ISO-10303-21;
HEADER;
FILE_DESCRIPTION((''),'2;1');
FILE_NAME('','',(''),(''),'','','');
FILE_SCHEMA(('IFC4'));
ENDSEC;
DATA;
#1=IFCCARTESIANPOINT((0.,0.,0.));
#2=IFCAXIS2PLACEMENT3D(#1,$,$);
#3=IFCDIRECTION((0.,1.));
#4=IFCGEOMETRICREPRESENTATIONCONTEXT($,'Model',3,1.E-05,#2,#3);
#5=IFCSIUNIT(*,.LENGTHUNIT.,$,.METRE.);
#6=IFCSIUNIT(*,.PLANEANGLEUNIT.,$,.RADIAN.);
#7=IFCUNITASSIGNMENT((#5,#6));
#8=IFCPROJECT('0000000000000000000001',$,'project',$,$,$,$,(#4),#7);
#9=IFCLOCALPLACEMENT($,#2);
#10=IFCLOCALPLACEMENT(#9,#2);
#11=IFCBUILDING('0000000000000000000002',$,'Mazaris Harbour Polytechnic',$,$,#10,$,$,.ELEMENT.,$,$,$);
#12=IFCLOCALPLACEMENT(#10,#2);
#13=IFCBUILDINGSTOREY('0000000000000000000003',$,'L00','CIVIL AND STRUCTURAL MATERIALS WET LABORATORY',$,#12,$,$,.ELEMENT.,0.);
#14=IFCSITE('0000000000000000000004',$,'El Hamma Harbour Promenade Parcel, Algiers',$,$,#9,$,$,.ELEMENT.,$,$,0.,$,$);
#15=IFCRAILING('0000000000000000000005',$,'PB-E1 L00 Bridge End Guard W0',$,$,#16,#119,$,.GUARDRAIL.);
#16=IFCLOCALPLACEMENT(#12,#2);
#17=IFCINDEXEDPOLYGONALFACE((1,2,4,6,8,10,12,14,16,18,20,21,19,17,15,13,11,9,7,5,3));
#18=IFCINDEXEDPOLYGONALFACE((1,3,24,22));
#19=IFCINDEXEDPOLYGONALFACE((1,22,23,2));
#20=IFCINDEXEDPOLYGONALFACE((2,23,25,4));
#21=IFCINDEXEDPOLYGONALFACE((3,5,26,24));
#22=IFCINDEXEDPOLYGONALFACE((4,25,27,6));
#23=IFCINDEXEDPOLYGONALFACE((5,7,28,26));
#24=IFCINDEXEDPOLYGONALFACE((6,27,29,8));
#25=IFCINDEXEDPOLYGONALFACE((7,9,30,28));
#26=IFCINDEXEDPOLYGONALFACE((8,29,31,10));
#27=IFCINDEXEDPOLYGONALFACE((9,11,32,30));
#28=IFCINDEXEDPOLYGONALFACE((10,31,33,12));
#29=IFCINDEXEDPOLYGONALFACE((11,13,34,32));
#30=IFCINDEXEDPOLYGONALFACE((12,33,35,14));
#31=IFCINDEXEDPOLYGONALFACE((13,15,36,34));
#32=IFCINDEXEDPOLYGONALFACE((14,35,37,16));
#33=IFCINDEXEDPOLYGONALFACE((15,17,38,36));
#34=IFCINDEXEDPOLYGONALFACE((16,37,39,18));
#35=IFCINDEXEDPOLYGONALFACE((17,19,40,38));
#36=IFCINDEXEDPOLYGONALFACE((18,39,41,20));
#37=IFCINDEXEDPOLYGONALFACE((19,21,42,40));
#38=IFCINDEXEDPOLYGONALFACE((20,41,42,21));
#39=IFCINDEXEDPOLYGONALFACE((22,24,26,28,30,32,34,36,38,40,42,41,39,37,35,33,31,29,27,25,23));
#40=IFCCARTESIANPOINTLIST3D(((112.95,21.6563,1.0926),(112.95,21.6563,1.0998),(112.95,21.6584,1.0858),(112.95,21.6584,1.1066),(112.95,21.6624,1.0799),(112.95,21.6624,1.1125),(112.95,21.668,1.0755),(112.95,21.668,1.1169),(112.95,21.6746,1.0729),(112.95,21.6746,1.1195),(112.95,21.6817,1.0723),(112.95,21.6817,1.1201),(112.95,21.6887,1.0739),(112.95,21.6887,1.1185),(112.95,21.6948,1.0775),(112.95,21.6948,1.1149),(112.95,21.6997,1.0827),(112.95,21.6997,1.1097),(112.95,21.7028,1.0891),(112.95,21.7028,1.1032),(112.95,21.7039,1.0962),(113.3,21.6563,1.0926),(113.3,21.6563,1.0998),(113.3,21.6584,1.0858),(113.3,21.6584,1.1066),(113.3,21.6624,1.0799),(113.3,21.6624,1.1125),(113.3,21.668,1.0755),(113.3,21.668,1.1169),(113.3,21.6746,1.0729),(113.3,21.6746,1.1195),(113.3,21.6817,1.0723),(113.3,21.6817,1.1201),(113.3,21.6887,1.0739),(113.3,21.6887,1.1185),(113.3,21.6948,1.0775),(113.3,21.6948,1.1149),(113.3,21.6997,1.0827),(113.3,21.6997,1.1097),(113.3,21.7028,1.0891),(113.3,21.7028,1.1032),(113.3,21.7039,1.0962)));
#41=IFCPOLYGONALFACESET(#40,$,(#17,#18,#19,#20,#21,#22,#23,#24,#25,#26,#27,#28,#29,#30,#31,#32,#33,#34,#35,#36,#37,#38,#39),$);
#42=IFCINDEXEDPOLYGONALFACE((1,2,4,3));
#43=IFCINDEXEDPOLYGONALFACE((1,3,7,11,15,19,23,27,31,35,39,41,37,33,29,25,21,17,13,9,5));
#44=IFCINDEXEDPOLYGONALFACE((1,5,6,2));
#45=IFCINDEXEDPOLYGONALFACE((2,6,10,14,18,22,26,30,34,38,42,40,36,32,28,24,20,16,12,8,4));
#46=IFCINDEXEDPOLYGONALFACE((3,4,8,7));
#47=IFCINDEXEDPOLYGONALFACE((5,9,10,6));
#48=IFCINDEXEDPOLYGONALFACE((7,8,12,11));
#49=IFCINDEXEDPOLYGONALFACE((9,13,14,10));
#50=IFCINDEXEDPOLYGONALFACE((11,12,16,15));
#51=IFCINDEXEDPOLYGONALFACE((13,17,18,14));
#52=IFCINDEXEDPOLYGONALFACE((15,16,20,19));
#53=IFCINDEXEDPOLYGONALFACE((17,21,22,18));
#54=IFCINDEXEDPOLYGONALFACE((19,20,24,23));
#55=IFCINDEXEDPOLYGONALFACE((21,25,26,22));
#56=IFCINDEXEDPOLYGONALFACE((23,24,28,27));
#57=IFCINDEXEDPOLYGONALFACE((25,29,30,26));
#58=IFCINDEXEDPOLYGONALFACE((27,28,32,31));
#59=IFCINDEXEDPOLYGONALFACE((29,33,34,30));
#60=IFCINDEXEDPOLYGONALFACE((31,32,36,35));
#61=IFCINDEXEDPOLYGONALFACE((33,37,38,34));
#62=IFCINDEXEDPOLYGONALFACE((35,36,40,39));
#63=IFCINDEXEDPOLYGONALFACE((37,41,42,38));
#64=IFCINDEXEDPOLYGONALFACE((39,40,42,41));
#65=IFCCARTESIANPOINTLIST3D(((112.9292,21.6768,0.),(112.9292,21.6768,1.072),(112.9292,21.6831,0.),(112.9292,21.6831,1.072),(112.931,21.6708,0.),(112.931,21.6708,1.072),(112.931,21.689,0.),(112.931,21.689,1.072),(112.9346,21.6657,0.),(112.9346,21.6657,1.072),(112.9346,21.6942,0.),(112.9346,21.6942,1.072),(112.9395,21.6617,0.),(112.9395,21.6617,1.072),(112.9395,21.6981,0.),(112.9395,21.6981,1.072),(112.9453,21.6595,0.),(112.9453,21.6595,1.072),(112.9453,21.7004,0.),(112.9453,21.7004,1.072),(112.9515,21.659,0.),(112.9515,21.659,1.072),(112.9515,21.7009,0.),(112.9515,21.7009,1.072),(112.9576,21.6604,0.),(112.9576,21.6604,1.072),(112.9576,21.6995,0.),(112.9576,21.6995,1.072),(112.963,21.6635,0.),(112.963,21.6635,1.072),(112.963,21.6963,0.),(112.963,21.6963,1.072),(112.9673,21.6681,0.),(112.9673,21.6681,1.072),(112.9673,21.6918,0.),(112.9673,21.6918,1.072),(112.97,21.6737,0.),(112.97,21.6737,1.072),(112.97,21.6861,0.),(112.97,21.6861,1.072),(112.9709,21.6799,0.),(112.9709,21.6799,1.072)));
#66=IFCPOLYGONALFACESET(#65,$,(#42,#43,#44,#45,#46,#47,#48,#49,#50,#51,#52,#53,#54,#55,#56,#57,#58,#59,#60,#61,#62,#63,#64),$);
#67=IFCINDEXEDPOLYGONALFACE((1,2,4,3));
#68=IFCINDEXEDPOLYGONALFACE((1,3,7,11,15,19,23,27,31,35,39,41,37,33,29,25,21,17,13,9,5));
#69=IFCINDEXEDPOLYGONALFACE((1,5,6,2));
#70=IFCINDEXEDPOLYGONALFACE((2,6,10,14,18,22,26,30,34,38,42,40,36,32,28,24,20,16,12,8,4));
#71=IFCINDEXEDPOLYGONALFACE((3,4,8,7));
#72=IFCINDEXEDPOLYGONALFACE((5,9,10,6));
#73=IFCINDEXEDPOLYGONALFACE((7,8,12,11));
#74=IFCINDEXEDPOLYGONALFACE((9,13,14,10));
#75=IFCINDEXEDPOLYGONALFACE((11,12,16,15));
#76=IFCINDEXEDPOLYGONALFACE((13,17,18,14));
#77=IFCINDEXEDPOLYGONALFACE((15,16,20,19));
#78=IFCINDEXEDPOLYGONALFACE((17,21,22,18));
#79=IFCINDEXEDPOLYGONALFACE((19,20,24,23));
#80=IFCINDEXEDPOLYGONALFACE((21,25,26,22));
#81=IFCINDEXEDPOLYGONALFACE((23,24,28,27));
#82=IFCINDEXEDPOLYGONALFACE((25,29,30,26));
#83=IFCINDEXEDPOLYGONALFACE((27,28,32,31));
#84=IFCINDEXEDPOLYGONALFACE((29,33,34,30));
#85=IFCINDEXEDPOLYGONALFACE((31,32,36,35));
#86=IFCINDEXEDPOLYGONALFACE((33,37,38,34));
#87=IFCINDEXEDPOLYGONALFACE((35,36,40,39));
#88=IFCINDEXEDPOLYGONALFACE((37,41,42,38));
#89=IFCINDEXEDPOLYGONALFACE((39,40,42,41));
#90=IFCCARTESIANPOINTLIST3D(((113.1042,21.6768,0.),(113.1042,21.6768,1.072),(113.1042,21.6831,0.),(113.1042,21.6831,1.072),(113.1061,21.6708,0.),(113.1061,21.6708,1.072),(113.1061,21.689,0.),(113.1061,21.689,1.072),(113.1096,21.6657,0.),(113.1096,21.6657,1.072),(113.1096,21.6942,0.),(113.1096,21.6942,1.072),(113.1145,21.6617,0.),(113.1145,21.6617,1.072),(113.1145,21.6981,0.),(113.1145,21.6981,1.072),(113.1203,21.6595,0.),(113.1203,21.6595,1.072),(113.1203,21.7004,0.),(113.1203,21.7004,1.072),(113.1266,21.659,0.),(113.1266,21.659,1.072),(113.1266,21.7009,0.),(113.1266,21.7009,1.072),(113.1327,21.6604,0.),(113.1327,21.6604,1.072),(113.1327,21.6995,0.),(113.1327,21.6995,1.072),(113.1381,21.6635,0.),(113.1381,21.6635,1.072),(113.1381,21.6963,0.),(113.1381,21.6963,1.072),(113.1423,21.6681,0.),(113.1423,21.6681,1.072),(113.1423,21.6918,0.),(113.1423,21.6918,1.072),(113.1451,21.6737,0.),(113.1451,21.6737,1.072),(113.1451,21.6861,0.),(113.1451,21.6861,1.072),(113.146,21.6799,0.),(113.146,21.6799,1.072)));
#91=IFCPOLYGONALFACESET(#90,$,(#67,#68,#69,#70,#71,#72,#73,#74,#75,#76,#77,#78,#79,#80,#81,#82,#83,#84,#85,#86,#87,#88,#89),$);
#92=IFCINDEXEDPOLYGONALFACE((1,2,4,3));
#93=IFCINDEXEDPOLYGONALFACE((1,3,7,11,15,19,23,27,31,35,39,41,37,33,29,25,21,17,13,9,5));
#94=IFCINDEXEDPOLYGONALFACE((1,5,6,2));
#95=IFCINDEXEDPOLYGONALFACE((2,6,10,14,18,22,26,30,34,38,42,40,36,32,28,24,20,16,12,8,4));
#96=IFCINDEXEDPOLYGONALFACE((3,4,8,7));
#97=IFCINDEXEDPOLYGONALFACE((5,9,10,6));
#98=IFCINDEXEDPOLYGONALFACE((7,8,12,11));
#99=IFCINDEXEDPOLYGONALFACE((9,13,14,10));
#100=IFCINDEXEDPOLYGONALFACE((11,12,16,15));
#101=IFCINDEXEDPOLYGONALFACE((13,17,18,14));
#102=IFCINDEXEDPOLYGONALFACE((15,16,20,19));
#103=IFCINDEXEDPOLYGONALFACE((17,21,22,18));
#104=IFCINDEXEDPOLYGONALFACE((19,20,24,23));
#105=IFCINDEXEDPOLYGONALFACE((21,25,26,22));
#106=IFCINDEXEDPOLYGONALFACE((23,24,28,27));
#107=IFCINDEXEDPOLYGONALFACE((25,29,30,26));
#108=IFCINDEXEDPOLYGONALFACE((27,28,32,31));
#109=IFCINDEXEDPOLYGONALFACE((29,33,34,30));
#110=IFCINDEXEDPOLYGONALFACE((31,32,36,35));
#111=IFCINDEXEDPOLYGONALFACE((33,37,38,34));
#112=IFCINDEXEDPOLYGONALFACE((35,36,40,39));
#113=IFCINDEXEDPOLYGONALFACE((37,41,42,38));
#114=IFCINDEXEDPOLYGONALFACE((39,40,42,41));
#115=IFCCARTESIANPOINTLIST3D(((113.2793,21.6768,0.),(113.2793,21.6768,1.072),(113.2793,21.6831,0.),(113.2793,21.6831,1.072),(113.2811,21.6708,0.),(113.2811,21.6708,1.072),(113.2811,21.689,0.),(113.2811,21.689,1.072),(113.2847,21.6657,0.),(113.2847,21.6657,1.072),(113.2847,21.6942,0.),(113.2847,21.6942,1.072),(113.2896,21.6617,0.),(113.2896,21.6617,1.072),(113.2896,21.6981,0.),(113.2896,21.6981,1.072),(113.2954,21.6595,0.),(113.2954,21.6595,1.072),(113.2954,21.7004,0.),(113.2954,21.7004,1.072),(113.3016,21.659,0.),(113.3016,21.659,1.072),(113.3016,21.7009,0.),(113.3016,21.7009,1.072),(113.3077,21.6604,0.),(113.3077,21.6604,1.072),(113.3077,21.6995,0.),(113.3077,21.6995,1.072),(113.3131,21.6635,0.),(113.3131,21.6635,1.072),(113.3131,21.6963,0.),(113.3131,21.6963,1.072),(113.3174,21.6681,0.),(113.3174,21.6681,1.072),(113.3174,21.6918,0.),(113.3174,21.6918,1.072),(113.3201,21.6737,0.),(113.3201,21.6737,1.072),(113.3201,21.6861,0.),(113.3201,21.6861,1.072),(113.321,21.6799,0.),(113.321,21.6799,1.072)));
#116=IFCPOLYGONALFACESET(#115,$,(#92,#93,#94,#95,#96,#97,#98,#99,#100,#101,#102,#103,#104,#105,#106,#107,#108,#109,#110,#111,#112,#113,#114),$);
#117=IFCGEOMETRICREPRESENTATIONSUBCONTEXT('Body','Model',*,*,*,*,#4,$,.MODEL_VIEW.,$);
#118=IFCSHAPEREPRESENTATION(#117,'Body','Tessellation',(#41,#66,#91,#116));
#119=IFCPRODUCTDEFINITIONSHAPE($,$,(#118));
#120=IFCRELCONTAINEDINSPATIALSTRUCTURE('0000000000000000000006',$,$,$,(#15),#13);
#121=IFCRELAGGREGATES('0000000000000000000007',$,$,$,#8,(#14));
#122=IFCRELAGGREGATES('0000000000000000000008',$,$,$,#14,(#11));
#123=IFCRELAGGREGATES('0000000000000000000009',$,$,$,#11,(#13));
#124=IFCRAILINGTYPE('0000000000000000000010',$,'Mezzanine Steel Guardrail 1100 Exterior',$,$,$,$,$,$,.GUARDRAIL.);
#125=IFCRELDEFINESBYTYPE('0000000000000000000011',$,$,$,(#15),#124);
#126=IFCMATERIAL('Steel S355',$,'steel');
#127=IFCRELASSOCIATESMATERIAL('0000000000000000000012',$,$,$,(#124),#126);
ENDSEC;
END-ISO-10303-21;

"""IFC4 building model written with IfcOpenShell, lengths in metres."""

from ifc_helpers import new_model, si_unit, direction, frame, origin, origin_2d, place, context, subcontext, project, spatial, circle, extrude, material, type_object, element, save


model = new_model("IFC4")

# Units and contexts
model_context = context("Model", 3, precision=1e-05, world=origin(), true_north=direction((0.0, 1.0)))
body_context = subcontext(model_context, "Body", "Model", "MODEL_VIEW")
ifc_project = project(units=[si_unit("LENGTHUNIT", "METRE"), si_unit("PLANEANGLEUNIT", "RADIAN")], contexts=[model_context])

# Site, building, storey
site_placement = place(None, origin())
site = spatial("IfcSite", under=ifc_project, at=site_placement, Name="El Hamma Harbour Promenade Parcel, Algiers", CompositionType="ELEMENT", RefElevation=0.0)
building_placement = place(site_placement, origin())
building = spatial("IfcBuilding", under=site, at=building_placement, Name="Mazaris Harbour Polytechnic", CompositionType="ELEMENT")
storey_placement = place(building_placement, origin())
storey = spatial("IfcBuildingStorey", under=building, at=storey_placement, Name="L00", Description="CIVIL AND STRUCTURAL MATERIALS WET LABORATORY", CompositionType="ELEMENT", Elevation=0.0)

# Railing
ifc_material_1 = material(Name="Steel S355", Category="steel")
railing_type = type_object("IfcRailingType", Name="Mezzanine Steel Guardrail 1100 Exterior", PredefinedType="GUARDRAIL", material=ifc_material_1)
railing_placement = place(storey_placement, frame((112.95, 21.6799, 0.0)))
element("IfcRailing", 1, at=railing_placement, inside=storey, type_object=railing_type, Name="PB-E1 L00 Bridge End Guard W0", PredefinedType="GUARDRAIL", context=body_context, shape_type="SweptSolid", body=[
    extrude(circle(Radius=0.0239, at=origin_2d()), frame((0.0, 0.0, 1.0962), z_axis=(1.0, 0.0, 0.0), x_axis=(0.0, 1.0, 0.0)), (0.0, 0.0, 1.0), 0.3501),
    extrude(circle(Radius=0.021, at=origin_2d()), origin(), (0.0, 0.0, 1.0), 1.072),
    extrude(circle(Radius=0.021, at=origin_2d()), frame((0.175, 0.0, 0.0)), (0.0, 0.0, 1.0), 1.072),
    extrude(circle(Radius=0.021, at=origin_2d()), frame((0.3501, 0.0, 0.0)), (0.0, 0.0, 1.0), 1.072),
])

save(model, "model.ifc")
